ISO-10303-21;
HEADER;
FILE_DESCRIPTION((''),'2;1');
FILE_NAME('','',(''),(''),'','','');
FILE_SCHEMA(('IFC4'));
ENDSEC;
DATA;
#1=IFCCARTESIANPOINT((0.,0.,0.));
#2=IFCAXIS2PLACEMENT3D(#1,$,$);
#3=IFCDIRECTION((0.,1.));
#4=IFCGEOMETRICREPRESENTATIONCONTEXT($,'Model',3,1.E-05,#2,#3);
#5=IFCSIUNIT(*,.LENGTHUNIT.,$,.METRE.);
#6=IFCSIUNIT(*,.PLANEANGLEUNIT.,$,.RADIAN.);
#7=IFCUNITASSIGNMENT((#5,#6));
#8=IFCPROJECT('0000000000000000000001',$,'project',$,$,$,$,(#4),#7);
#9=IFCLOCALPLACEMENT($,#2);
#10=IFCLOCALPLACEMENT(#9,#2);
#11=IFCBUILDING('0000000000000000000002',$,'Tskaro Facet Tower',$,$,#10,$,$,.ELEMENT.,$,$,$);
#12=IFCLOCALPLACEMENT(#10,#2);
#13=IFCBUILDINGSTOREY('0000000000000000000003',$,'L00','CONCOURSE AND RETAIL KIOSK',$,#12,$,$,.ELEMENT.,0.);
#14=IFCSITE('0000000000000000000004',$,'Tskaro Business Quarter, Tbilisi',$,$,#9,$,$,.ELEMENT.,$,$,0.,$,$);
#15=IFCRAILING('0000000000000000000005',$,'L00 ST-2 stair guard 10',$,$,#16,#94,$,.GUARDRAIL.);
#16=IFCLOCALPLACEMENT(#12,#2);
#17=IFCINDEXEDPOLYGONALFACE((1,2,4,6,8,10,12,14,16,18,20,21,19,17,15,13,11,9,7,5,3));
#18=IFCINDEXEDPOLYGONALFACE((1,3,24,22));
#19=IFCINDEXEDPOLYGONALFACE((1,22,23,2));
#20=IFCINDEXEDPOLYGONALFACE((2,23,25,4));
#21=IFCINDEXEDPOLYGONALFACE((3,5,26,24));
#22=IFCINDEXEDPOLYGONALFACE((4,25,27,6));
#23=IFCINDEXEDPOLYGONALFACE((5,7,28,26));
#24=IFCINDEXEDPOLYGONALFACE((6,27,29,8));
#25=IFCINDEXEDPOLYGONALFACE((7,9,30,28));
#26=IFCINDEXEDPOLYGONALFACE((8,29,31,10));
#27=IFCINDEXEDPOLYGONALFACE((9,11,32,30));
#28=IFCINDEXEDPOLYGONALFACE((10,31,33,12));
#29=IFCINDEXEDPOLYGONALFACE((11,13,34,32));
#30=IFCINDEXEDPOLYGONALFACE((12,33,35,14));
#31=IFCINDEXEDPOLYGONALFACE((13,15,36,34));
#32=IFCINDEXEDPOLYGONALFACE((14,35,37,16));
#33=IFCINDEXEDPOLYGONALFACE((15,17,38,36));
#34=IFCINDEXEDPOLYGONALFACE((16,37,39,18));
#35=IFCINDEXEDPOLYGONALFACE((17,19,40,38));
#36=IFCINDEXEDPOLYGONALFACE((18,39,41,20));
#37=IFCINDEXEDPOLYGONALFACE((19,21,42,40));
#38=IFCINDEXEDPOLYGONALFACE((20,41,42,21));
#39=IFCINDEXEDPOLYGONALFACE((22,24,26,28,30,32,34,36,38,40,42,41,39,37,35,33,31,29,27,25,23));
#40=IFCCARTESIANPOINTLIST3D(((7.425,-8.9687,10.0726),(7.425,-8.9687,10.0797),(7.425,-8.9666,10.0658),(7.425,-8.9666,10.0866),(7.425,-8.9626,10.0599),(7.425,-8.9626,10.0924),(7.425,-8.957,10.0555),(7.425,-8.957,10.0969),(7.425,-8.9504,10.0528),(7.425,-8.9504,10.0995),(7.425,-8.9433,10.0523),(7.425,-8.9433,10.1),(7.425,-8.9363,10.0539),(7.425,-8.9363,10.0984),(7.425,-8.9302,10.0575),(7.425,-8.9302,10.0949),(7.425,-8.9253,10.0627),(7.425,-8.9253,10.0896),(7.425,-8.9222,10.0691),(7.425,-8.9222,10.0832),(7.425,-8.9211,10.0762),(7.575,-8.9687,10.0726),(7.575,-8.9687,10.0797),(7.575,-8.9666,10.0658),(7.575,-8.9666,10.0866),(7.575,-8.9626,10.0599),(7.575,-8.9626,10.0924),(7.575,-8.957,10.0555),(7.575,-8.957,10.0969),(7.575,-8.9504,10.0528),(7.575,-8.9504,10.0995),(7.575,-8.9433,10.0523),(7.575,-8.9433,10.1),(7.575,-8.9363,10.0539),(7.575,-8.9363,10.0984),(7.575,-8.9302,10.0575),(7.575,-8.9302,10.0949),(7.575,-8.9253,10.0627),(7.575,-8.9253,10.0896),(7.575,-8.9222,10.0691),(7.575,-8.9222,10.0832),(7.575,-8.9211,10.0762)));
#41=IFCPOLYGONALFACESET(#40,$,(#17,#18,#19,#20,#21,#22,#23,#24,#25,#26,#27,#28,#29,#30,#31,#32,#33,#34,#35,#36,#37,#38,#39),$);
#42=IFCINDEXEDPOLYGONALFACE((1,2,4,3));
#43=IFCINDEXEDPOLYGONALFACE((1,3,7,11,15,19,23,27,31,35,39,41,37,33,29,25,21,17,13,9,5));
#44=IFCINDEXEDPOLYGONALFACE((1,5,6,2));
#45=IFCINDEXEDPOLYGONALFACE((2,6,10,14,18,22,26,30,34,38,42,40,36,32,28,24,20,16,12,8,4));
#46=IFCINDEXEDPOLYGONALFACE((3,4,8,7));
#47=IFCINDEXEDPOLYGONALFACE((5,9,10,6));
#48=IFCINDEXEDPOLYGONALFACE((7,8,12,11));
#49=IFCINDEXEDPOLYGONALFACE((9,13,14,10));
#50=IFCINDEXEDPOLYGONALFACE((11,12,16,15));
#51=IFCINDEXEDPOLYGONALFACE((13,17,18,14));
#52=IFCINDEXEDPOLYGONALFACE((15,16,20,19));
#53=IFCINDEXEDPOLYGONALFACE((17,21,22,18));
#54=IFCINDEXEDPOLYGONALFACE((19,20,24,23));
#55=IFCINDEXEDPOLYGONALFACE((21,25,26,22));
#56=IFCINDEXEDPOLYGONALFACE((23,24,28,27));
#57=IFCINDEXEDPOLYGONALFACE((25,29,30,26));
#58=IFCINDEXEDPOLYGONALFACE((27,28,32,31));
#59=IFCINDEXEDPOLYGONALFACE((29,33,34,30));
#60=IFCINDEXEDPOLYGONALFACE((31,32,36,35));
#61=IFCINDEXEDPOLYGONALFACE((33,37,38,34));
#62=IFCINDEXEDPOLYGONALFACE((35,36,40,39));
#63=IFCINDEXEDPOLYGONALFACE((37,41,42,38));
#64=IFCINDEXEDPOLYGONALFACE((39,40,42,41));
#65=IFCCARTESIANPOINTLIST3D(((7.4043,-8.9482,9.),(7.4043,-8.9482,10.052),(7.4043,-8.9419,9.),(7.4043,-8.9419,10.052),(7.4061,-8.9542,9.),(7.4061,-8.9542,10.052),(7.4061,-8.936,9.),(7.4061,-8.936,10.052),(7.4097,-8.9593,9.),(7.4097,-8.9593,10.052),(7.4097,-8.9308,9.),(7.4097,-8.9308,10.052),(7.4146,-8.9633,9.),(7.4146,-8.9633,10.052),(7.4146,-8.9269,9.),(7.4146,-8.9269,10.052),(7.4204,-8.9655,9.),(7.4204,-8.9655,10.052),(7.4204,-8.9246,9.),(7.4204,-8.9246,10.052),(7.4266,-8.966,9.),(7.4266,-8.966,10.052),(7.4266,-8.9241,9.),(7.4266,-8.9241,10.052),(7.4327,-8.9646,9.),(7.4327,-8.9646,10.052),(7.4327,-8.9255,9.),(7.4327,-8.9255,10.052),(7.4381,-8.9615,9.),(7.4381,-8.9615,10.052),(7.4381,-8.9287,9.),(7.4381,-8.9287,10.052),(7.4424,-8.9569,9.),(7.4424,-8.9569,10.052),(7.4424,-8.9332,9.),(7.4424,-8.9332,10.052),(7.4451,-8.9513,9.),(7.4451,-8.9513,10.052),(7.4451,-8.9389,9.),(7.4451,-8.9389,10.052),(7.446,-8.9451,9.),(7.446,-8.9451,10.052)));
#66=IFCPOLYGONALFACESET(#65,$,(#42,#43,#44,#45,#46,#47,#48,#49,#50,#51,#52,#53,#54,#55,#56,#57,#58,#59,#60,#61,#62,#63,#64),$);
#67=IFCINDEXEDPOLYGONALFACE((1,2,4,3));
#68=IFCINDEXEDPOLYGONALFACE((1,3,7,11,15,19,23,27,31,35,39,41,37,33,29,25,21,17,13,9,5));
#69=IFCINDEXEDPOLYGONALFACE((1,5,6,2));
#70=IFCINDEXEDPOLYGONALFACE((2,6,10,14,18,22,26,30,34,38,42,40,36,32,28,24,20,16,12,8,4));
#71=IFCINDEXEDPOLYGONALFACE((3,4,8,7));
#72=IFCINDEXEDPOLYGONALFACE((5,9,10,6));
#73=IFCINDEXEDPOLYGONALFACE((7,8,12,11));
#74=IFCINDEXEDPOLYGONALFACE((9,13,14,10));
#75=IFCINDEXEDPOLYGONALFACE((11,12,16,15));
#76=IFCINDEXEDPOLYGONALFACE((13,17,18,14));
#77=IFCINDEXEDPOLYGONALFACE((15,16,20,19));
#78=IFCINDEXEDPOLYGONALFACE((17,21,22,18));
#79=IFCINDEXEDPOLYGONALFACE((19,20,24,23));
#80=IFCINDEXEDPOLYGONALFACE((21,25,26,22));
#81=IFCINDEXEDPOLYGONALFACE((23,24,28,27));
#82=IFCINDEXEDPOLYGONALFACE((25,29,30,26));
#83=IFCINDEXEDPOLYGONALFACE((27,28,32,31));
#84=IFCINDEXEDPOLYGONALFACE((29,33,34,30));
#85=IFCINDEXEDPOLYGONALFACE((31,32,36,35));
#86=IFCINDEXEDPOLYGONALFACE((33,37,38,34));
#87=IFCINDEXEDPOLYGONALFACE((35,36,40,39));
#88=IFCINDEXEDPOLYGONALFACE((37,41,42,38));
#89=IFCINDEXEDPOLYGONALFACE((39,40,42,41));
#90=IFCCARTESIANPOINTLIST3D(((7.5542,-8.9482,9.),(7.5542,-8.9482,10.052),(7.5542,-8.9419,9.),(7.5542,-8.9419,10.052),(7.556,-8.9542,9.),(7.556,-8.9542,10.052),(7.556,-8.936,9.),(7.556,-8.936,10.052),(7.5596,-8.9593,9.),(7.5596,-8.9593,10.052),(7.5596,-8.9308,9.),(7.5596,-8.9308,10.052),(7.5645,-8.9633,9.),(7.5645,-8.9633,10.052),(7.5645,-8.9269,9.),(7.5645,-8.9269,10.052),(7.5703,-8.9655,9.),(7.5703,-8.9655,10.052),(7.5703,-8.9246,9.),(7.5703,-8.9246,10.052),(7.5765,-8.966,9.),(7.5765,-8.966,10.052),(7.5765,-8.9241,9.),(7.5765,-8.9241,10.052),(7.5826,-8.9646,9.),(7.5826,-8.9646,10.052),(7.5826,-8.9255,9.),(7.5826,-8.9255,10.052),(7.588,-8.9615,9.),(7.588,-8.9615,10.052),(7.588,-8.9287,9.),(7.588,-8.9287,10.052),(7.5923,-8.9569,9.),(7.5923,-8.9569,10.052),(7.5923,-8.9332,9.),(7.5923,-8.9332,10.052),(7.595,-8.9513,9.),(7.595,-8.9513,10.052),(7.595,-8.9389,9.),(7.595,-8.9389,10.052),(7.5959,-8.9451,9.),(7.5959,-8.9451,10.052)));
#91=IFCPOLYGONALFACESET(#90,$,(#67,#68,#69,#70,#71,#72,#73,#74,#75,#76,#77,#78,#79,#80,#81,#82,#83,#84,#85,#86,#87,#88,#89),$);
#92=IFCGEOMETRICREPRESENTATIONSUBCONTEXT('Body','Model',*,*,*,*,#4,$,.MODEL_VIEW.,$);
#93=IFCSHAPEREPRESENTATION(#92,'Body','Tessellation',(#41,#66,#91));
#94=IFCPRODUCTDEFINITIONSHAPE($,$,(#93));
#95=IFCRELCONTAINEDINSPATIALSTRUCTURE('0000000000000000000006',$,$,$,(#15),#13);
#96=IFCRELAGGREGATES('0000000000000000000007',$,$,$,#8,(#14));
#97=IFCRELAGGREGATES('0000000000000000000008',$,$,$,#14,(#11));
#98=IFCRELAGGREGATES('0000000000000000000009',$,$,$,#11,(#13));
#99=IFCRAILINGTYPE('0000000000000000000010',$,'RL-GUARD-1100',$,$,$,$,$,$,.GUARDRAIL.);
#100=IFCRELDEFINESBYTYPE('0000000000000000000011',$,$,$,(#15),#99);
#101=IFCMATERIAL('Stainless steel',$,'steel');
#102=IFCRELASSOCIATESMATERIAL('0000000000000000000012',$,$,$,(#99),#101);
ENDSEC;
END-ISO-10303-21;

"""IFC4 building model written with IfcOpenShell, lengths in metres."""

from ifc_helpers import new_model, si_unit, direction, frame, origin, origin_2d, place, context, subcontext, project, spatial, circle, extrude, material, type_object, element, save


model = new_model("IFC4")

# Units and contexts
model_context = context("Model", 3, precision=1e-05, world=origin(), true_north=direction((0.0, 1.0)))
body_context = subcontext(model_context, "Body", "Model", "MODEL_VIEW")
ifc_project = project(units=[si_unit("LENGTHUNIT", "METRE"), si_unit("PLANEANGLEUNIT", "RADIAN")], contexts=[model_context])

# Site, building, storey
site_placement = place(None, origin())
site = spatial("IfcSite", under=ifc_project, at=site_placement, Name="Tskaro Business Quarter, Tbilisi", CompositionType="ELEMENT", RefElevation=0.0)
building_placement = place(site_placement, origin())
building = spatial("IfcBuilding", under=site, at=building_placement, Name="Tskaro Facet Tower", CompositionType="ELEMENT")
storey_placement = place(building_placement, origin())
storey = spatial("IfcBuildingStorey", under=building, at=storey_placement, Name="L00", Description="CONCOURSE AND RETAIL KIOSK", CompositionType="ELEMENT", Elevation=0.0)

# Railing
ifc_material_1 = material(Name="Stainless steel", Category="steel")
railing_type_1 = type_object("IfcRailingType", Name="RL-GUARD-1100", PredefinedType="GUARDRAIL", material=ifc_material_1)
railing_1_placement = place(storey_placement, frame((7.425, -8.9451, 9.0)))
element("IfcRailing", 1, at=railing_1_placement, inside=storey, type_object=railing_type_1, Name="L00 ST-2 stair guard 10", PredefinedType="GUARDRAIL", context=body_context, shape_type="SweptSolid", body=[
    extrude(circle(Radius=0.0239, at=origin_2d()), frame((0.0, 0.0, 1.0762), z_axis=(1.0, 0.0, 0.0), x_axis=(0.0, 1.0, 0.0)), (0.0, 0.0, 1.0), 0.1499),
    extrude(circle(Radius=0.021, at=origin_2d()), origin(), (0.0, 0.0, 1.0), 1.052),
    extrude(circle(Radius=0.021, at=origin_2d()), frame((0.1499, 0.0, 0.0)), (0.0, 0.0, 1.0), 1.052),
])

save(model, "model.ifc")
